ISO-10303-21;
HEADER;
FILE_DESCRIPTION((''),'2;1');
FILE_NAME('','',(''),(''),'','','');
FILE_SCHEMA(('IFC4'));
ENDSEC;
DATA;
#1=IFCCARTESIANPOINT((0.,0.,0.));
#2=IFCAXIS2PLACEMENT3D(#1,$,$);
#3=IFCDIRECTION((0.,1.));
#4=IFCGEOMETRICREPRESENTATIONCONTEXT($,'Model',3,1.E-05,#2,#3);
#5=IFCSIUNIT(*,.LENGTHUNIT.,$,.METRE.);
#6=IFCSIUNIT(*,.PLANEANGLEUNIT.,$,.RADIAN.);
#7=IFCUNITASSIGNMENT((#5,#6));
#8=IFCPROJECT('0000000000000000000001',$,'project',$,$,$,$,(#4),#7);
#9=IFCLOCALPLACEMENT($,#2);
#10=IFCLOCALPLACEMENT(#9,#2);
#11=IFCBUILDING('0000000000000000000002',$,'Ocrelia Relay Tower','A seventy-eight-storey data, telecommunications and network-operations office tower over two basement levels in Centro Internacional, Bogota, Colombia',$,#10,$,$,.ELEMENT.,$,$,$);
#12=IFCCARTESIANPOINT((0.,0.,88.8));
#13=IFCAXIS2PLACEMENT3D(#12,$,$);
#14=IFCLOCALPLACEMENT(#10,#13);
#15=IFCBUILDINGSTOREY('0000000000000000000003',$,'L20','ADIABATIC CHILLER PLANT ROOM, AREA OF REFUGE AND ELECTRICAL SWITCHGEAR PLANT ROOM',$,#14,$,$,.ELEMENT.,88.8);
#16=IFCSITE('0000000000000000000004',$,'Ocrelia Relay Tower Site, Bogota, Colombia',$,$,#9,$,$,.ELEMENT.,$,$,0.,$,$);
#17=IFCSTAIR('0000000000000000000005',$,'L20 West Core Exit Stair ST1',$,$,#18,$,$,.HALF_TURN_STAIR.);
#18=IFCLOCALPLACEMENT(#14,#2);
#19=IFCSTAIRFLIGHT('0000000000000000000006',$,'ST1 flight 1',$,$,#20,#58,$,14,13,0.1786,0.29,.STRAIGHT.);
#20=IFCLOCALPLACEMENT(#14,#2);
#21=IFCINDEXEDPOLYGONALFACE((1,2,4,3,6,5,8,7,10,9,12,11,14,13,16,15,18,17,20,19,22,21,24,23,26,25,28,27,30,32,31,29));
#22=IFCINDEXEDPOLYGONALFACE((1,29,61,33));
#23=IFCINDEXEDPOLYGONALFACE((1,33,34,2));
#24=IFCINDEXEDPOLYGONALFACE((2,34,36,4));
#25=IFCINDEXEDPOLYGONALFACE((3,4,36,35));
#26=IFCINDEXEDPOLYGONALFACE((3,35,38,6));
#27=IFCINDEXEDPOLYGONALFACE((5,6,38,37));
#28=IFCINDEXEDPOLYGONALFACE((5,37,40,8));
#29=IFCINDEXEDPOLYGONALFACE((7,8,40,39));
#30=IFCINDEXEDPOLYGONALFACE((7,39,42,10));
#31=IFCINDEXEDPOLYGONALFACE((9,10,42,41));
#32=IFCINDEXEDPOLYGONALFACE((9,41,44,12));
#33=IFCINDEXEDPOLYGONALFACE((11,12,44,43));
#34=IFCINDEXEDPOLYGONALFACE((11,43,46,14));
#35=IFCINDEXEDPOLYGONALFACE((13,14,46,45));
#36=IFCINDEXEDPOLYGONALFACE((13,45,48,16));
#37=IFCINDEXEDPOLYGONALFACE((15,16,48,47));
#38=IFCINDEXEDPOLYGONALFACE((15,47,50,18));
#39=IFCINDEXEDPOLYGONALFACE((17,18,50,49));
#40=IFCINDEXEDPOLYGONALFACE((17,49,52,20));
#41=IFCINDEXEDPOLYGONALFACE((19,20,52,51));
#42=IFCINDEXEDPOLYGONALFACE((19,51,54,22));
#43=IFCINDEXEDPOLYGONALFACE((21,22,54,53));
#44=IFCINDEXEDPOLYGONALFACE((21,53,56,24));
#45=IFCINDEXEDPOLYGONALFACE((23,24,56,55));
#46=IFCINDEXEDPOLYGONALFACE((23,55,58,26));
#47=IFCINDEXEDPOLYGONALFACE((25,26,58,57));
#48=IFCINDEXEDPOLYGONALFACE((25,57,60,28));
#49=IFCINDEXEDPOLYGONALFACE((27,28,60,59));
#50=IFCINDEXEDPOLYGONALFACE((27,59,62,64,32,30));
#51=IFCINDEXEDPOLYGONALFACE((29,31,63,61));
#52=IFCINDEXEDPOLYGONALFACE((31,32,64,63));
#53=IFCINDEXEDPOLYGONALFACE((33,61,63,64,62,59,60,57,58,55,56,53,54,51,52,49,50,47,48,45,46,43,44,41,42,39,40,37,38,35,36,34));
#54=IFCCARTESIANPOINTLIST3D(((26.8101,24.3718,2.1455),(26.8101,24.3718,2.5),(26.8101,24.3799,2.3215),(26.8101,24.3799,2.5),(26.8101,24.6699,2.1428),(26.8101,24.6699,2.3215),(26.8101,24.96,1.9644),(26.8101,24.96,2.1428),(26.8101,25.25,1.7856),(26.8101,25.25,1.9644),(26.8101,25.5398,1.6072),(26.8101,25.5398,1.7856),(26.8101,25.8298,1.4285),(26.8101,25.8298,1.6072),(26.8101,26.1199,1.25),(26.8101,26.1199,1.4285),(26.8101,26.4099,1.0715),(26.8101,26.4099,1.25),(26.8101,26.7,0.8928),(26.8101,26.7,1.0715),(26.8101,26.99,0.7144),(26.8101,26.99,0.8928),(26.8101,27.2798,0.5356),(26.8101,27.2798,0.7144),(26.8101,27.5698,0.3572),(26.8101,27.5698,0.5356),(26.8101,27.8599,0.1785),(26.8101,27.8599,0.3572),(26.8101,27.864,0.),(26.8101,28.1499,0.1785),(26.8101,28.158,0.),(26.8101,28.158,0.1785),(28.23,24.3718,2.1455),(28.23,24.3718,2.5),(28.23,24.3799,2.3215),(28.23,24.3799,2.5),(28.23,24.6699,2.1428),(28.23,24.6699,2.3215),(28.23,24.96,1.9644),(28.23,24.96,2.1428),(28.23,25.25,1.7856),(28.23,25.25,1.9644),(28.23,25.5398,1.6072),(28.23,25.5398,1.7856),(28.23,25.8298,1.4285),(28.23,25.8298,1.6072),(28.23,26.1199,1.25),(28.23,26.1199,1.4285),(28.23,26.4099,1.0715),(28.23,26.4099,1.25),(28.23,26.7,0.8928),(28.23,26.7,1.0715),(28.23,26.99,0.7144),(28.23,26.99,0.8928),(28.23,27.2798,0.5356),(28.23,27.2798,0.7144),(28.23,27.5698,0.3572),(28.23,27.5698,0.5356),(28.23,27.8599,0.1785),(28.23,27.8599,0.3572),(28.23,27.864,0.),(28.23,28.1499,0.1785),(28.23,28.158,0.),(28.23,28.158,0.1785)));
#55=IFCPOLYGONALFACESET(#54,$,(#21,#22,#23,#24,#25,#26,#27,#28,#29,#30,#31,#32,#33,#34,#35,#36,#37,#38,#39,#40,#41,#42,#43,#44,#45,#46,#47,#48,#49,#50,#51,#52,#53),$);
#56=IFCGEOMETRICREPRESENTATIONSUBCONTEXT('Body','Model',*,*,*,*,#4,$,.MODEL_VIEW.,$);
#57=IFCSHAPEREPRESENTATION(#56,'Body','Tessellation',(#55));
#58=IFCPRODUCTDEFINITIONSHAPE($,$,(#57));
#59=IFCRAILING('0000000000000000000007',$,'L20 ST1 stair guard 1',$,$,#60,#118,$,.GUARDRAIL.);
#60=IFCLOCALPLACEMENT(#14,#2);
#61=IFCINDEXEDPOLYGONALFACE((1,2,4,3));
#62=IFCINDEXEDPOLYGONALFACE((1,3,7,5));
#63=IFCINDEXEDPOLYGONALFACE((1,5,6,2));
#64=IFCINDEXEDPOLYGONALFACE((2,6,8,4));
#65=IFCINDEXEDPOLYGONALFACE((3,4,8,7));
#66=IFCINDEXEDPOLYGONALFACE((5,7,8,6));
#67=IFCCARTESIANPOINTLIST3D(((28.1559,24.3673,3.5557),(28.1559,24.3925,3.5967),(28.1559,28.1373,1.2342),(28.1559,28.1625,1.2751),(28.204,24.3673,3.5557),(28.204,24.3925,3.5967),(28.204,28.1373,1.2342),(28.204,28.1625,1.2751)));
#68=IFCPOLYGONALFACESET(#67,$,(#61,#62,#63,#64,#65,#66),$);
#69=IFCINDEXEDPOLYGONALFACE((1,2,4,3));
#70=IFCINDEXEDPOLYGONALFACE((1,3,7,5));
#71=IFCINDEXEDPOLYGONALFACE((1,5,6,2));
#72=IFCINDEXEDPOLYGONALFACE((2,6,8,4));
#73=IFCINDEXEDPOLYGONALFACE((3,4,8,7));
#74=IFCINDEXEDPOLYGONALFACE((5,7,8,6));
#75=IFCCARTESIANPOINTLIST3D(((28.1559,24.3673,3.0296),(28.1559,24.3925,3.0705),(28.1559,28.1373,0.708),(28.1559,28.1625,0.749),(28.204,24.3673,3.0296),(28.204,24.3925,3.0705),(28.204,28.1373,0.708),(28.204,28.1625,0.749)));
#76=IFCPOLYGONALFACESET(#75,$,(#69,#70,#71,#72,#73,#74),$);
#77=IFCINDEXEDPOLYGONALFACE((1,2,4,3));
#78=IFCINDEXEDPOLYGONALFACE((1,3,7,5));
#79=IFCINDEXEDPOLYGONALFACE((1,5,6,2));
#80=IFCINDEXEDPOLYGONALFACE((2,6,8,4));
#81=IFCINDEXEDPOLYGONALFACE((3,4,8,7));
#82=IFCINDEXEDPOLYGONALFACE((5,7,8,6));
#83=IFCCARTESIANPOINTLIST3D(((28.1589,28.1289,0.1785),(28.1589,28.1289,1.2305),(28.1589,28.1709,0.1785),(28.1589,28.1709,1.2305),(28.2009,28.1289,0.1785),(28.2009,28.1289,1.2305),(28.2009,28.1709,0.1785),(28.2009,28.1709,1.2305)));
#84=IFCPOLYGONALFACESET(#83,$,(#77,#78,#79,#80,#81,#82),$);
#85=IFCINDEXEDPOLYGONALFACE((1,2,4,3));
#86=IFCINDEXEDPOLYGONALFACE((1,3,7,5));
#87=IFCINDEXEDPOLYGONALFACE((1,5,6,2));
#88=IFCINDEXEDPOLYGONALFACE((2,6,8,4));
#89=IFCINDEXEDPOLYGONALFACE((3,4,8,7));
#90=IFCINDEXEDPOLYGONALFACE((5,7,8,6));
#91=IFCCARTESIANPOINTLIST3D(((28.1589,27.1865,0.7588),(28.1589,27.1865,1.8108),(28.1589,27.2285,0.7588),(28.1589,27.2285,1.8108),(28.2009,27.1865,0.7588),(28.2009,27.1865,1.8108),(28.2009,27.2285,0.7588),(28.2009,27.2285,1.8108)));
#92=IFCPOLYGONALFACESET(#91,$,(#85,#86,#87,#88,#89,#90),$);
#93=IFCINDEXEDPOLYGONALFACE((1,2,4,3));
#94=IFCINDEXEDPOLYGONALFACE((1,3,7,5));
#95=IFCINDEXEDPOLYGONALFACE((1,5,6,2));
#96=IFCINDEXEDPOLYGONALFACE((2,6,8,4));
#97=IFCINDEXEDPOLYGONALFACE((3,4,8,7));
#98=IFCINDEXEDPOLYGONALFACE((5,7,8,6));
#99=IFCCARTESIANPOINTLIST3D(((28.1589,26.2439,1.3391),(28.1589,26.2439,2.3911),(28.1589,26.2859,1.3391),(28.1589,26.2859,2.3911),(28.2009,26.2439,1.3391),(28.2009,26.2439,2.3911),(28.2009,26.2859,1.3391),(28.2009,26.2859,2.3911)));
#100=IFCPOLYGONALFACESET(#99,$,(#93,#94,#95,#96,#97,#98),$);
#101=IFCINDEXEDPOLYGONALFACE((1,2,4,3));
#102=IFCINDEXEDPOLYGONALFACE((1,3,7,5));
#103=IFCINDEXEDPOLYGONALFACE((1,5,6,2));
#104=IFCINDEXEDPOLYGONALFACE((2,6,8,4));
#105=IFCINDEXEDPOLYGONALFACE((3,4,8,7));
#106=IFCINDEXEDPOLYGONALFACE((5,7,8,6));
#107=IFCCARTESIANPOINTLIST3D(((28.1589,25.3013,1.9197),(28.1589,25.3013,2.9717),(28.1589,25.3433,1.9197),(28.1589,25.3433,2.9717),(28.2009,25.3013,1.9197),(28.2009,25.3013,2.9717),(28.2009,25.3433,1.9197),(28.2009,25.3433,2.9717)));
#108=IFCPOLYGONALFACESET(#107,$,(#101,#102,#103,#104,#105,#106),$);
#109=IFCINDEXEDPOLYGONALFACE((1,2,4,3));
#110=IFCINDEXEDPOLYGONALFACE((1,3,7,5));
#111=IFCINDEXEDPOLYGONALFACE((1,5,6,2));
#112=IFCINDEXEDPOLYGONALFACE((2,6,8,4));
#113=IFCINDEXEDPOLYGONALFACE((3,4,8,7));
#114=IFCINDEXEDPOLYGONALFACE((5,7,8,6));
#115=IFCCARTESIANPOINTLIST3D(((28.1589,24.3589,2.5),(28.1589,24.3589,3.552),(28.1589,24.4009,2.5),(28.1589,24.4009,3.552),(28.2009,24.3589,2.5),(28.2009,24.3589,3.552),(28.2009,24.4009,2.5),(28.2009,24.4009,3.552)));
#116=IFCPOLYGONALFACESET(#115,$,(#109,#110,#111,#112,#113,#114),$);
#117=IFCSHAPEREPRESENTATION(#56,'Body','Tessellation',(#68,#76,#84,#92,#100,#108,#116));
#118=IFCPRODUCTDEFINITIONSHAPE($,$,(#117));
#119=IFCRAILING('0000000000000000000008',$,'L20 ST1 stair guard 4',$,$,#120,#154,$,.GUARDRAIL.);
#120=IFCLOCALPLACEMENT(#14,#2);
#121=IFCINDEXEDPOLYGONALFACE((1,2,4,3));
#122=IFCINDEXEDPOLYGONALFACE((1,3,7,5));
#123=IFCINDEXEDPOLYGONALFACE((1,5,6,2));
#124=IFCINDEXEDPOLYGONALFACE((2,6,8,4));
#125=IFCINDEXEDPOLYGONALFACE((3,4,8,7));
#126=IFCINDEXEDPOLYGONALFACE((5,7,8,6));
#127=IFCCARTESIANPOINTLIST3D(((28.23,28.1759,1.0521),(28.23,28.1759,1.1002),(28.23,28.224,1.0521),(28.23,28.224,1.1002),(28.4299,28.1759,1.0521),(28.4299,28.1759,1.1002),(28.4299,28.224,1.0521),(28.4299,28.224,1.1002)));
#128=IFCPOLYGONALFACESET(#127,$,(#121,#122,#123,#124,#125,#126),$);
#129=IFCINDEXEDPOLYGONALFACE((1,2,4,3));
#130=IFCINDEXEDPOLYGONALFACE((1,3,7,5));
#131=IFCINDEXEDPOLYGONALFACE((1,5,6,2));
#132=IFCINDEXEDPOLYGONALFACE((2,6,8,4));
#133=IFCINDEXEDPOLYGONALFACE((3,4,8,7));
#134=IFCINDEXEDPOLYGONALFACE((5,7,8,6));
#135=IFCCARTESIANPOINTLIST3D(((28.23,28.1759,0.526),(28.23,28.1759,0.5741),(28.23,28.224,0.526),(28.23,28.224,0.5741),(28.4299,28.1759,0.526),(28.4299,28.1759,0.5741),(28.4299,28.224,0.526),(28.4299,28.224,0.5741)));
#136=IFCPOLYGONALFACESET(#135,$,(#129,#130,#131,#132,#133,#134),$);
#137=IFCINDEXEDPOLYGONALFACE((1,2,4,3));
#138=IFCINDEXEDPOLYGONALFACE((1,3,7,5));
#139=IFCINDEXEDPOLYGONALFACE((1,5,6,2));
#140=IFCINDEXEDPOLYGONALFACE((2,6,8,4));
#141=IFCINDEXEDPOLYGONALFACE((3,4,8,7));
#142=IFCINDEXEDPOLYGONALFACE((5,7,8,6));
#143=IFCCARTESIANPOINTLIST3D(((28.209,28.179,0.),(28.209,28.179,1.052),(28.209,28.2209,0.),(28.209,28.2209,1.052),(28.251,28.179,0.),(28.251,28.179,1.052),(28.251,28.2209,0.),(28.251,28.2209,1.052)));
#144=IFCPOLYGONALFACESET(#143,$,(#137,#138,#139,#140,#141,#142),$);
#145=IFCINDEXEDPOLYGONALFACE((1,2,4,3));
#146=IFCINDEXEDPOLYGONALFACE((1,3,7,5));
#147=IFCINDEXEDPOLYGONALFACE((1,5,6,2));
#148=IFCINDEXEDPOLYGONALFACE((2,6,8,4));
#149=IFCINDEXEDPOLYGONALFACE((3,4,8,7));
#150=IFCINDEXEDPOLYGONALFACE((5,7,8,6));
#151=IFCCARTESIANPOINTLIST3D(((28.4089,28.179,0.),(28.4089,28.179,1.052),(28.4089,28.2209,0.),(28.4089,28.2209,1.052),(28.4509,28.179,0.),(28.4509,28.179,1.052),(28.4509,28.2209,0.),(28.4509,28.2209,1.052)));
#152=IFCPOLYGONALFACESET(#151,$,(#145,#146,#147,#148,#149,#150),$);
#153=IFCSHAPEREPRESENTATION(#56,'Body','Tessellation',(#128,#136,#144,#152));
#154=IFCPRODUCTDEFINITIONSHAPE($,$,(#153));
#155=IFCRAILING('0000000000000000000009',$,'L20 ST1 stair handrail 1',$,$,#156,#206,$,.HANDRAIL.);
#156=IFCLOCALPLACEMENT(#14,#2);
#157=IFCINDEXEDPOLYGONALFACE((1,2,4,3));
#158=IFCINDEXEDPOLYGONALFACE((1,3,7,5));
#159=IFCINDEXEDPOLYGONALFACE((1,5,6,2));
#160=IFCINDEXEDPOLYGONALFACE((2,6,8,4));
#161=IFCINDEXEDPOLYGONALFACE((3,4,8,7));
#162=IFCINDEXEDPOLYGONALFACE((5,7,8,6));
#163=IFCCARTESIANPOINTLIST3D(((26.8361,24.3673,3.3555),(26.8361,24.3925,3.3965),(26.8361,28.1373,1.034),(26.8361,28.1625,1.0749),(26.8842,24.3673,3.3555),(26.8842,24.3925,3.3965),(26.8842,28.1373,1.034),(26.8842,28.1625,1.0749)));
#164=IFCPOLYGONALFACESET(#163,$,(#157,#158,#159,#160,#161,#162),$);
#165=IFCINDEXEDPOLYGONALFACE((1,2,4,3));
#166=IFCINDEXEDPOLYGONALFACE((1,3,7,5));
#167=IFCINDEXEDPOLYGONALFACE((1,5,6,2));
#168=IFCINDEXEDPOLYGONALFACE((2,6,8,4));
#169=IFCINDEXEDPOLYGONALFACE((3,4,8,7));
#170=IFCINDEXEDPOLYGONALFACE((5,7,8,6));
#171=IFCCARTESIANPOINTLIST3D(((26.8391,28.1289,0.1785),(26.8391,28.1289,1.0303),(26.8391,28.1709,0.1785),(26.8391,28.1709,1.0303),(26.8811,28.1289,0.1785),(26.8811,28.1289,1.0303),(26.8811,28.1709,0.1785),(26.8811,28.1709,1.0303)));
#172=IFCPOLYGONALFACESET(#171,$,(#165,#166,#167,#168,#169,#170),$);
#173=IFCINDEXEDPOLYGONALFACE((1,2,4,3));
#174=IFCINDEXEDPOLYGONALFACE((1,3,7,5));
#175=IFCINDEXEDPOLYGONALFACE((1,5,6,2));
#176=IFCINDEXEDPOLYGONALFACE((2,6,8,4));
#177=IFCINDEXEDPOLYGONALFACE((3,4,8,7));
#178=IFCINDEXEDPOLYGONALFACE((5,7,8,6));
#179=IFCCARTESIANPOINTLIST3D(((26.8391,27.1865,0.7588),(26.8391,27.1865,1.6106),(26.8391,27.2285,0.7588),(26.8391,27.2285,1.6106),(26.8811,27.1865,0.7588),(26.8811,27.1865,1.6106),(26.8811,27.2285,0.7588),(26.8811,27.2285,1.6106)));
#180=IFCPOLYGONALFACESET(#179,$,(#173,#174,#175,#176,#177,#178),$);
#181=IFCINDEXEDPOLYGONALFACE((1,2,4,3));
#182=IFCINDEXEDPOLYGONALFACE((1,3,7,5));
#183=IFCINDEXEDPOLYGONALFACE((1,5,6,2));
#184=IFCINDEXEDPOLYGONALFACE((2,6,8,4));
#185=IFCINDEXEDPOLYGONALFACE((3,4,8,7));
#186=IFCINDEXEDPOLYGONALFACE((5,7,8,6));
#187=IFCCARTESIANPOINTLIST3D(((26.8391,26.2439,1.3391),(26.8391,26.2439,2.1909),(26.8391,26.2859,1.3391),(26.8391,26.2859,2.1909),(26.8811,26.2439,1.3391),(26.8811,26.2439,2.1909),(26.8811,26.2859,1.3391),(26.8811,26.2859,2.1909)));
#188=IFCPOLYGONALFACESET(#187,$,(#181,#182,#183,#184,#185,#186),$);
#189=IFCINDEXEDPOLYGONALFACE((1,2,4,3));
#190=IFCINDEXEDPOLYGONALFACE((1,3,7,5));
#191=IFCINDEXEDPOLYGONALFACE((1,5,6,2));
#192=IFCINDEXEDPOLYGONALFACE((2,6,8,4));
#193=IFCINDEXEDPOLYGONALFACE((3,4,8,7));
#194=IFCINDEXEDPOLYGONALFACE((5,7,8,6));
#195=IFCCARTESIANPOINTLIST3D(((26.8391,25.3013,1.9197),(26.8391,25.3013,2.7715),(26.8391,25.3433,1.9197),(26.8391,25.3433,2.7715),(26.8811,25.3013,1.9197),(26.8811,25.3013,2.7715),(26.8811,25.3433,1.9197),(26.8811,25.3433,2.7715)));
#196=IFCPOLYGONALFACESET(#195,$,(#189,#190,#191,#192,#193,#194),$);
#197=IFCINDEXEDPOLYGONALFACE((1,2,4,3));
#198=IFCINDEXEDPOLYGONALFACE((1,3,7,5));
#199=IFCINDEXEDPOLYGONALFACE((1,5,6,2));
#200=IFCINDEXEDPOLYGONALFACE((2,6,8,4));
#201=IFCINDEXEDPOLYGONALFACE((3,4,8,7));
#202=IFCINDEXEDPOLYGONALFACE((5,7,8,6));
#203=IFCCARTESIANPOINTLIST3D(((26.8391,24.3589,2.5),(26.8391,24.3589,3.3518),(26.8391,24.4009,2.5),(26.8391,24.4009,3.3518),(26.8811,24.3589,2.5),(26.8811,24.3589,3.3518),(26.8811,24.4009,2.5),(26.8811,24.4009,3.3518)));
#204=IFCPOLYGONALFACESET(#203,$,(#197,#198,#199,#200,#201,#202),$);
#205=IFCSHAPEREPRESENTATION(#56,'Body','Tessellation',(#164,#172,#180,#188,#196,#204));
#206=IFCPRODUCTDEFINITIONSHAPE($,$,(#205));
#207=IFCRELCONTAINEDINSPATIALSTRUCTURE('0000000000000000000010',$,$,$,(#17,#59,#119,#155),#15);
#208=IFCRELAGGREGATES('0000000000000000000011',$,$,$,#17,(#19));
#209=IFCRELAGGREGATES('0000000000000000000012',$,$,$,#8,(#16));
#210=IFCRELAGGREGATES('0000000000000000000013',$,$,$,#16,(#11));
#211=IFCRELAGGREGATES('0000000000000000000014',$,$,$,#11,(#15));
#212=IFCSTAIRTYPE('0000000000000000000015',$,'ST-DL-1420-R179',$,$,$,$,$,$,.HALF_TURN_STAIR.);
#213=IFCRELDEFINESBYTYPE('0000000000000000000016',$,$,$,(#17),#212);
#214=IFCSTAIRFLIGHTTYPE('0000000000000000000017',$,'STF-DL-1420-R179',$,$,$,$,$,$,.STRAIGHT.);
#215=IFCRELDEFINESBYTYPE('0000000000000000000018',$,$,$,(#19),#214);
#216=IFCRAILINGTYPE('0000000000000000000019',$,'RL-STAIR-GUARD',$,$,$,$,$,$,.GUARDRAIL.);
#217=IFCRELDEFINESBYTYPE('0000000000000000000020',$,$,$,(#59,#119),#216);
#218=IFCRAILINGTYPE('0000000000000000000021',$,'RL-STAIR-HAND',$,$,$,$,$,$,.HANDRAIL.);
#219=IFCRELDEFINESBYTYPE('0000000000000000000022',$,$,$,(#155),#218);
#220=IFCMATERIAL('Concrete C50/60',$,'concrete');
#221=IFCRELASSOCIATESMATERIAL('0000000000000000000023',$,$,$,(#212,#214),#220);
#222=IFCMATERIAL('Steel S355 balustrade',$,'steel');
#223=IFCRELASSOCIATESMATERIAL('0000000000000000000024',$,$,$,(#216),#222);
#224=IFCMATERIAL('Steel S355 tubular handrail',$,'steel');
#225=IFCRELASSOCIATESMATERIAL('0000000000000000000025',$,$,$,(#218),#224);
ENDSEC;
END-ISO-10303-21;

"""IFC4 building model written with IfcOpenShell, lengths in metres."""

from ifc_helpers import new_model, si_unit, direction, frame, origin, origin_2d, place, context, subcontext, project, spatial, polyline, rectangle, outline, extrude, material, type_object, element, aggregate, save


model = new_model("IFC4")

# Units and contexts
model_context = context("Model", 3, precision=1e-05, world=origin(), true_north=direction((0.0, 1.0)))
body_context = subcontext(model_context, "Body", "Model", "MODEL_VIEW")
ifc_project = project(units=[si_unit("LENGTHUNIT", "METRE"), si_unit("PLANEANGLEUNIT", "RADIAN")], contexts=[model_context])

# Site, building, storey
site_placement = place(None, origin())
site = spatial("IfcSite", under=ifc_project, at=site_placement, Name="Ocrelia Relay Tower Site, Bogota, Colombia", CompositionType="ELEMENT", RefElevation=0.0)
building_placement = place(site_placement, origin())
building = spatial("IfcBuilding", under=site, at=building_placement, Name="Ocrelia Relay Tower", Description="A seventy-eight-storey data, telecommunications and network-operations office tower over two basement levels in Centro Internacional, Bogota, Colombia", CompositionType="ELEMENT")
storey_placement = place(building_placement, frame((0.0, 0.0, 88.8)))
storey = spatial("IfcBuildingStorey", under=building, at=storey_placement, Name="L20", Description="ADIABATIC CHILLER PLANT ROOM, AREA OF REFUGE AND ELECTRICAL SWITCHGEAR PLANT ROOM", CompositionType="ELEMENT", Elevation=88.8)

# Shared definitions
ifc_material_1 = material(Name="Concrete C50/60", Category="concrete")

# Stair, stair flight
stair_type = type_object("IfcStairType", Name="ST-DL-1420-R179", PredefinedType="HALF_TURN_STAIR", material=ifc_material_1)
stair_placement = place(storey_placement, origin())
stair = element("IfcStair", 1, at=stair_placement, inside=storey, type_object=stair_type, Name="L20 West Core Exit Stair ST1", PredefinedType="HALF_TURN_STAIR")
stair_flight_type = type_object("IfcStairFlightType", Name="STF-DL-1420-R179", PredefinedType="STRAIGHT", material=ifc_material_1)
stair_flight_placement = place(storey_placement, frame((27.52, 28.1499, 0.0), z_axis=(0.0, 0.0, 1.0), x_axis=(0.0, -1.0, 0.0)))
stair_flight = element("IfcStairFlight", 2, at=stair_flight_placement, type_object=stair_flight_type, Name="ST1 flight 1", NumberOfRisers=14, NumberOfTreads=13, PredefinedType="STRAIGHT", RiserHeight=0.1786, TreadLength=0.29, context=body_context, shape_type="SweptSolid", body=[
    extrude(outline(polyline([(-0.0081, 0.0), (-0.0081, 0.1785), (0.0, 0.1785), (0.29, 0.1785), (0.29, 0.3572), (0.5801, 0.3572), (0.5801, 0.5356), (0.8701, 0.5356), (0.8701, 0.7144), (1.1599, 0.7144), (1.1599, 0.8928), (1.45, 0.8928), (1.45, 1.0715), (1.74, 1.0715), (1.74, 1.25), (2.03, 1.25), (2.03, 1.4285), (2.3201, 1.4285), (2.3201, 1.6072), (2.6101, 1.6072), (2.6101, 1.7856), (2.8999, 1.7856), (2.8999, 1.9644), (3.1899, 1.9644), (3.1899, 2.1428), (3.48, 2.1428), (3.48, 2.3215), (3.77, 2.3215), (3.77, 2.5), (3.7781, 2.5), (3.7781, 2.1455), (0.2859, 0.0), (-0.0081, 0.0)])), frame((0.0, 0.71, 0.0), z_axis=(0.0, -1.0, 0.0), x_axis=(1.0, 0.0, 0.0)), (0.0, 0.0, 1.0), 1.4199),
])
aggregate(stair, [stair_flight])

# Railings
ifc_material_2 = material(Name="Steel S355 balustrade", Category="steel")
railing_type_1 = type_object("IfcRailingType", Name="RL-STAIR-GUARD", PredefinedType="GUARDRAIL", material=ifc_material_2)
railing_1_placement = place(storey_placement, frame((28.1799, 28.1499, 0.1785)))
element("IfcRailing", 3, at=railing_1_placement, inside=storey, type_object=railing_type_1, Name="L20 ST1 stair guard 1", PredefinedType="GUARDRAIL", context=body_context, shape_type="SweptSolid", body=[
    extrude(rectangle(XDim=0.0481, YDim=0.0481, at=origin_2d()), frame((0.0, 0.0, 1.0762), z_axis=(0.0, -0.851505, 0.524347), x_axis=(1.0, 0.0, 0.0)), (0.0, 0.0, 1.0), 4.4275),
    extrude(rectangle(XDim=0.0481, YDim=0.0481, at=origin_2d()), frame((0.0, 0.0, 0.55), z_axis=(0.0, -0.851505, 0.524347), x_axis=(1.0, 0.0, 0.0)), (0.0, 0.0, 1.0), 4.4275),
    extrude(rectangle(XDim=0.042, YDim=0.042, at=origin_2d()), origin(), (0.0, 0.0, 1.0), 1.052),
    extrude(rectangle(XDim=0.042, YDim=0.042, at=origin_2d()), frame((0.0, -0.9424, 0.5803)), (0.0, 0.0, 1.0), 1.052),
    extrude(rectangle(XDim=0.042, YDim=0.042, at=origin_2d()), frame((0.0, -1.885, 1.1606)), (0.0, 0.0, 1.0), 1.052),
    extrude(rectangle(XDim=0.042, YDim=0.042, at=origin_2d()), frame((0.0, -2.8276, 1.7412)), (0.0, 0.0, 1.0), 1.052),
    extrude(rectangle(XDim=0.042, YDim=0.042, at=origin_2d()), frame((0.0, -3.77, 2.3215)), (0.0, 0.0, 1.0), 1.052),
])
railing_2_placement = place(storey_placement, frame((28.23, 28.2, 0.0)))
element("IfcRailing", 4, at=railing_2_placement, inside=storey, type_object=railing_type_1, Name="L20 ST1 stair guard 4", PredefinedType="GUARDRAIL", context=body_context, shape_type="SweptSolid", body=[
    extrude(rectangle(XDim=0.0481, YDim=0.0481, at=origin_2d()), frame((0.0, 0.0, 1.0762), z_axis=(1.0, 0.0, 0.0), x_axis=(0.0, 1.0, 0.0)), (0.0, 0.0, 1.0), 0.2),
    extrude(rectangle(XDim=0.0481, YDim=0.0481, at=origin_2d()), frame((0.0, 0.0, 0.55), z_axis=(1.0, 0.0, 0.0), x_axis=(0.0, 1.0, 0.0)), (0.0, 0.0, 1.0), 0.2),
    extrude(rectangle(XDim=0.042, YDim=0.042, at=origin_2d()), origin(), (0.0, 0.0, 1.0), 1.052),
    extrude(rectangle(XDim=0.042, YDim=0.042, at=origin_2d()), frame((0.2, 0.0, 0.0)), (0.0, 0.0, 1.0), 1.052),
])
ifc_material_3 = material(Name="Steel S355 tubular handrail", Category="steel")
railing_type_2 = type_object("IfcRailingType", Name="RL-STAIR-HAND", PredefinedType="HANDRAIL", material=ifc_material_3)
railing_3_placement = place(storey_placement, frame((26.8601, 28.1499, 0.1785)))
element("IfcRailing", 5, at=railing_3_placement, inside=storey, type_object=railing_type_2, Name="L20 ST1 stair handrail 1", PredefinedType="HANDRAIL", context=body_context, shape_type="SweptSolid", body=[
    extrude(rectangle(XDim=0.0481, YDim=0.0481, at=origin_2d()), frame((0.0, 0.0, 0.876), z_axis=(0.0, -0.851505, 0.524347), x_axis=(1.0, 0.0, 0.0)), (0.0, 0.0, 1.0), 4.4275),
    extrude(rectangle(XDim=0.042, YDim=0.042, at=origin_2d()), origin(), (0.0, 0.0, 1.0), 0.8518),
    extrude(rectangle(XDim=0.042, YDim=0.042, at=origin_2d()), frame((0.0, -0.9424, 0.5803)), (0.0, 0.0, 1.0), 0.8518),
    extrude(rectangle(XDim=0.042, YDim=0.042, at=origin_2d()), frame((0.0, -1.885, 1.1606)), (0.0, 0.0, 1.0), 0.8518),
    extrude(rectangle(XDim=0.042, YDim=0.042, at=origin_2d()), frame((0.0, -2.8276, 1.7412)), (0.0, 0.0, 1.0), 0.8518),
    extrude(rectangle(XDim=0.042, YDim=0.042, at=origin_2d()), frame((0.0, -3.77, 2.3215)), (0.0, 0.0, 1.0), 0.8518),
])

save(model, "model.ifc")
